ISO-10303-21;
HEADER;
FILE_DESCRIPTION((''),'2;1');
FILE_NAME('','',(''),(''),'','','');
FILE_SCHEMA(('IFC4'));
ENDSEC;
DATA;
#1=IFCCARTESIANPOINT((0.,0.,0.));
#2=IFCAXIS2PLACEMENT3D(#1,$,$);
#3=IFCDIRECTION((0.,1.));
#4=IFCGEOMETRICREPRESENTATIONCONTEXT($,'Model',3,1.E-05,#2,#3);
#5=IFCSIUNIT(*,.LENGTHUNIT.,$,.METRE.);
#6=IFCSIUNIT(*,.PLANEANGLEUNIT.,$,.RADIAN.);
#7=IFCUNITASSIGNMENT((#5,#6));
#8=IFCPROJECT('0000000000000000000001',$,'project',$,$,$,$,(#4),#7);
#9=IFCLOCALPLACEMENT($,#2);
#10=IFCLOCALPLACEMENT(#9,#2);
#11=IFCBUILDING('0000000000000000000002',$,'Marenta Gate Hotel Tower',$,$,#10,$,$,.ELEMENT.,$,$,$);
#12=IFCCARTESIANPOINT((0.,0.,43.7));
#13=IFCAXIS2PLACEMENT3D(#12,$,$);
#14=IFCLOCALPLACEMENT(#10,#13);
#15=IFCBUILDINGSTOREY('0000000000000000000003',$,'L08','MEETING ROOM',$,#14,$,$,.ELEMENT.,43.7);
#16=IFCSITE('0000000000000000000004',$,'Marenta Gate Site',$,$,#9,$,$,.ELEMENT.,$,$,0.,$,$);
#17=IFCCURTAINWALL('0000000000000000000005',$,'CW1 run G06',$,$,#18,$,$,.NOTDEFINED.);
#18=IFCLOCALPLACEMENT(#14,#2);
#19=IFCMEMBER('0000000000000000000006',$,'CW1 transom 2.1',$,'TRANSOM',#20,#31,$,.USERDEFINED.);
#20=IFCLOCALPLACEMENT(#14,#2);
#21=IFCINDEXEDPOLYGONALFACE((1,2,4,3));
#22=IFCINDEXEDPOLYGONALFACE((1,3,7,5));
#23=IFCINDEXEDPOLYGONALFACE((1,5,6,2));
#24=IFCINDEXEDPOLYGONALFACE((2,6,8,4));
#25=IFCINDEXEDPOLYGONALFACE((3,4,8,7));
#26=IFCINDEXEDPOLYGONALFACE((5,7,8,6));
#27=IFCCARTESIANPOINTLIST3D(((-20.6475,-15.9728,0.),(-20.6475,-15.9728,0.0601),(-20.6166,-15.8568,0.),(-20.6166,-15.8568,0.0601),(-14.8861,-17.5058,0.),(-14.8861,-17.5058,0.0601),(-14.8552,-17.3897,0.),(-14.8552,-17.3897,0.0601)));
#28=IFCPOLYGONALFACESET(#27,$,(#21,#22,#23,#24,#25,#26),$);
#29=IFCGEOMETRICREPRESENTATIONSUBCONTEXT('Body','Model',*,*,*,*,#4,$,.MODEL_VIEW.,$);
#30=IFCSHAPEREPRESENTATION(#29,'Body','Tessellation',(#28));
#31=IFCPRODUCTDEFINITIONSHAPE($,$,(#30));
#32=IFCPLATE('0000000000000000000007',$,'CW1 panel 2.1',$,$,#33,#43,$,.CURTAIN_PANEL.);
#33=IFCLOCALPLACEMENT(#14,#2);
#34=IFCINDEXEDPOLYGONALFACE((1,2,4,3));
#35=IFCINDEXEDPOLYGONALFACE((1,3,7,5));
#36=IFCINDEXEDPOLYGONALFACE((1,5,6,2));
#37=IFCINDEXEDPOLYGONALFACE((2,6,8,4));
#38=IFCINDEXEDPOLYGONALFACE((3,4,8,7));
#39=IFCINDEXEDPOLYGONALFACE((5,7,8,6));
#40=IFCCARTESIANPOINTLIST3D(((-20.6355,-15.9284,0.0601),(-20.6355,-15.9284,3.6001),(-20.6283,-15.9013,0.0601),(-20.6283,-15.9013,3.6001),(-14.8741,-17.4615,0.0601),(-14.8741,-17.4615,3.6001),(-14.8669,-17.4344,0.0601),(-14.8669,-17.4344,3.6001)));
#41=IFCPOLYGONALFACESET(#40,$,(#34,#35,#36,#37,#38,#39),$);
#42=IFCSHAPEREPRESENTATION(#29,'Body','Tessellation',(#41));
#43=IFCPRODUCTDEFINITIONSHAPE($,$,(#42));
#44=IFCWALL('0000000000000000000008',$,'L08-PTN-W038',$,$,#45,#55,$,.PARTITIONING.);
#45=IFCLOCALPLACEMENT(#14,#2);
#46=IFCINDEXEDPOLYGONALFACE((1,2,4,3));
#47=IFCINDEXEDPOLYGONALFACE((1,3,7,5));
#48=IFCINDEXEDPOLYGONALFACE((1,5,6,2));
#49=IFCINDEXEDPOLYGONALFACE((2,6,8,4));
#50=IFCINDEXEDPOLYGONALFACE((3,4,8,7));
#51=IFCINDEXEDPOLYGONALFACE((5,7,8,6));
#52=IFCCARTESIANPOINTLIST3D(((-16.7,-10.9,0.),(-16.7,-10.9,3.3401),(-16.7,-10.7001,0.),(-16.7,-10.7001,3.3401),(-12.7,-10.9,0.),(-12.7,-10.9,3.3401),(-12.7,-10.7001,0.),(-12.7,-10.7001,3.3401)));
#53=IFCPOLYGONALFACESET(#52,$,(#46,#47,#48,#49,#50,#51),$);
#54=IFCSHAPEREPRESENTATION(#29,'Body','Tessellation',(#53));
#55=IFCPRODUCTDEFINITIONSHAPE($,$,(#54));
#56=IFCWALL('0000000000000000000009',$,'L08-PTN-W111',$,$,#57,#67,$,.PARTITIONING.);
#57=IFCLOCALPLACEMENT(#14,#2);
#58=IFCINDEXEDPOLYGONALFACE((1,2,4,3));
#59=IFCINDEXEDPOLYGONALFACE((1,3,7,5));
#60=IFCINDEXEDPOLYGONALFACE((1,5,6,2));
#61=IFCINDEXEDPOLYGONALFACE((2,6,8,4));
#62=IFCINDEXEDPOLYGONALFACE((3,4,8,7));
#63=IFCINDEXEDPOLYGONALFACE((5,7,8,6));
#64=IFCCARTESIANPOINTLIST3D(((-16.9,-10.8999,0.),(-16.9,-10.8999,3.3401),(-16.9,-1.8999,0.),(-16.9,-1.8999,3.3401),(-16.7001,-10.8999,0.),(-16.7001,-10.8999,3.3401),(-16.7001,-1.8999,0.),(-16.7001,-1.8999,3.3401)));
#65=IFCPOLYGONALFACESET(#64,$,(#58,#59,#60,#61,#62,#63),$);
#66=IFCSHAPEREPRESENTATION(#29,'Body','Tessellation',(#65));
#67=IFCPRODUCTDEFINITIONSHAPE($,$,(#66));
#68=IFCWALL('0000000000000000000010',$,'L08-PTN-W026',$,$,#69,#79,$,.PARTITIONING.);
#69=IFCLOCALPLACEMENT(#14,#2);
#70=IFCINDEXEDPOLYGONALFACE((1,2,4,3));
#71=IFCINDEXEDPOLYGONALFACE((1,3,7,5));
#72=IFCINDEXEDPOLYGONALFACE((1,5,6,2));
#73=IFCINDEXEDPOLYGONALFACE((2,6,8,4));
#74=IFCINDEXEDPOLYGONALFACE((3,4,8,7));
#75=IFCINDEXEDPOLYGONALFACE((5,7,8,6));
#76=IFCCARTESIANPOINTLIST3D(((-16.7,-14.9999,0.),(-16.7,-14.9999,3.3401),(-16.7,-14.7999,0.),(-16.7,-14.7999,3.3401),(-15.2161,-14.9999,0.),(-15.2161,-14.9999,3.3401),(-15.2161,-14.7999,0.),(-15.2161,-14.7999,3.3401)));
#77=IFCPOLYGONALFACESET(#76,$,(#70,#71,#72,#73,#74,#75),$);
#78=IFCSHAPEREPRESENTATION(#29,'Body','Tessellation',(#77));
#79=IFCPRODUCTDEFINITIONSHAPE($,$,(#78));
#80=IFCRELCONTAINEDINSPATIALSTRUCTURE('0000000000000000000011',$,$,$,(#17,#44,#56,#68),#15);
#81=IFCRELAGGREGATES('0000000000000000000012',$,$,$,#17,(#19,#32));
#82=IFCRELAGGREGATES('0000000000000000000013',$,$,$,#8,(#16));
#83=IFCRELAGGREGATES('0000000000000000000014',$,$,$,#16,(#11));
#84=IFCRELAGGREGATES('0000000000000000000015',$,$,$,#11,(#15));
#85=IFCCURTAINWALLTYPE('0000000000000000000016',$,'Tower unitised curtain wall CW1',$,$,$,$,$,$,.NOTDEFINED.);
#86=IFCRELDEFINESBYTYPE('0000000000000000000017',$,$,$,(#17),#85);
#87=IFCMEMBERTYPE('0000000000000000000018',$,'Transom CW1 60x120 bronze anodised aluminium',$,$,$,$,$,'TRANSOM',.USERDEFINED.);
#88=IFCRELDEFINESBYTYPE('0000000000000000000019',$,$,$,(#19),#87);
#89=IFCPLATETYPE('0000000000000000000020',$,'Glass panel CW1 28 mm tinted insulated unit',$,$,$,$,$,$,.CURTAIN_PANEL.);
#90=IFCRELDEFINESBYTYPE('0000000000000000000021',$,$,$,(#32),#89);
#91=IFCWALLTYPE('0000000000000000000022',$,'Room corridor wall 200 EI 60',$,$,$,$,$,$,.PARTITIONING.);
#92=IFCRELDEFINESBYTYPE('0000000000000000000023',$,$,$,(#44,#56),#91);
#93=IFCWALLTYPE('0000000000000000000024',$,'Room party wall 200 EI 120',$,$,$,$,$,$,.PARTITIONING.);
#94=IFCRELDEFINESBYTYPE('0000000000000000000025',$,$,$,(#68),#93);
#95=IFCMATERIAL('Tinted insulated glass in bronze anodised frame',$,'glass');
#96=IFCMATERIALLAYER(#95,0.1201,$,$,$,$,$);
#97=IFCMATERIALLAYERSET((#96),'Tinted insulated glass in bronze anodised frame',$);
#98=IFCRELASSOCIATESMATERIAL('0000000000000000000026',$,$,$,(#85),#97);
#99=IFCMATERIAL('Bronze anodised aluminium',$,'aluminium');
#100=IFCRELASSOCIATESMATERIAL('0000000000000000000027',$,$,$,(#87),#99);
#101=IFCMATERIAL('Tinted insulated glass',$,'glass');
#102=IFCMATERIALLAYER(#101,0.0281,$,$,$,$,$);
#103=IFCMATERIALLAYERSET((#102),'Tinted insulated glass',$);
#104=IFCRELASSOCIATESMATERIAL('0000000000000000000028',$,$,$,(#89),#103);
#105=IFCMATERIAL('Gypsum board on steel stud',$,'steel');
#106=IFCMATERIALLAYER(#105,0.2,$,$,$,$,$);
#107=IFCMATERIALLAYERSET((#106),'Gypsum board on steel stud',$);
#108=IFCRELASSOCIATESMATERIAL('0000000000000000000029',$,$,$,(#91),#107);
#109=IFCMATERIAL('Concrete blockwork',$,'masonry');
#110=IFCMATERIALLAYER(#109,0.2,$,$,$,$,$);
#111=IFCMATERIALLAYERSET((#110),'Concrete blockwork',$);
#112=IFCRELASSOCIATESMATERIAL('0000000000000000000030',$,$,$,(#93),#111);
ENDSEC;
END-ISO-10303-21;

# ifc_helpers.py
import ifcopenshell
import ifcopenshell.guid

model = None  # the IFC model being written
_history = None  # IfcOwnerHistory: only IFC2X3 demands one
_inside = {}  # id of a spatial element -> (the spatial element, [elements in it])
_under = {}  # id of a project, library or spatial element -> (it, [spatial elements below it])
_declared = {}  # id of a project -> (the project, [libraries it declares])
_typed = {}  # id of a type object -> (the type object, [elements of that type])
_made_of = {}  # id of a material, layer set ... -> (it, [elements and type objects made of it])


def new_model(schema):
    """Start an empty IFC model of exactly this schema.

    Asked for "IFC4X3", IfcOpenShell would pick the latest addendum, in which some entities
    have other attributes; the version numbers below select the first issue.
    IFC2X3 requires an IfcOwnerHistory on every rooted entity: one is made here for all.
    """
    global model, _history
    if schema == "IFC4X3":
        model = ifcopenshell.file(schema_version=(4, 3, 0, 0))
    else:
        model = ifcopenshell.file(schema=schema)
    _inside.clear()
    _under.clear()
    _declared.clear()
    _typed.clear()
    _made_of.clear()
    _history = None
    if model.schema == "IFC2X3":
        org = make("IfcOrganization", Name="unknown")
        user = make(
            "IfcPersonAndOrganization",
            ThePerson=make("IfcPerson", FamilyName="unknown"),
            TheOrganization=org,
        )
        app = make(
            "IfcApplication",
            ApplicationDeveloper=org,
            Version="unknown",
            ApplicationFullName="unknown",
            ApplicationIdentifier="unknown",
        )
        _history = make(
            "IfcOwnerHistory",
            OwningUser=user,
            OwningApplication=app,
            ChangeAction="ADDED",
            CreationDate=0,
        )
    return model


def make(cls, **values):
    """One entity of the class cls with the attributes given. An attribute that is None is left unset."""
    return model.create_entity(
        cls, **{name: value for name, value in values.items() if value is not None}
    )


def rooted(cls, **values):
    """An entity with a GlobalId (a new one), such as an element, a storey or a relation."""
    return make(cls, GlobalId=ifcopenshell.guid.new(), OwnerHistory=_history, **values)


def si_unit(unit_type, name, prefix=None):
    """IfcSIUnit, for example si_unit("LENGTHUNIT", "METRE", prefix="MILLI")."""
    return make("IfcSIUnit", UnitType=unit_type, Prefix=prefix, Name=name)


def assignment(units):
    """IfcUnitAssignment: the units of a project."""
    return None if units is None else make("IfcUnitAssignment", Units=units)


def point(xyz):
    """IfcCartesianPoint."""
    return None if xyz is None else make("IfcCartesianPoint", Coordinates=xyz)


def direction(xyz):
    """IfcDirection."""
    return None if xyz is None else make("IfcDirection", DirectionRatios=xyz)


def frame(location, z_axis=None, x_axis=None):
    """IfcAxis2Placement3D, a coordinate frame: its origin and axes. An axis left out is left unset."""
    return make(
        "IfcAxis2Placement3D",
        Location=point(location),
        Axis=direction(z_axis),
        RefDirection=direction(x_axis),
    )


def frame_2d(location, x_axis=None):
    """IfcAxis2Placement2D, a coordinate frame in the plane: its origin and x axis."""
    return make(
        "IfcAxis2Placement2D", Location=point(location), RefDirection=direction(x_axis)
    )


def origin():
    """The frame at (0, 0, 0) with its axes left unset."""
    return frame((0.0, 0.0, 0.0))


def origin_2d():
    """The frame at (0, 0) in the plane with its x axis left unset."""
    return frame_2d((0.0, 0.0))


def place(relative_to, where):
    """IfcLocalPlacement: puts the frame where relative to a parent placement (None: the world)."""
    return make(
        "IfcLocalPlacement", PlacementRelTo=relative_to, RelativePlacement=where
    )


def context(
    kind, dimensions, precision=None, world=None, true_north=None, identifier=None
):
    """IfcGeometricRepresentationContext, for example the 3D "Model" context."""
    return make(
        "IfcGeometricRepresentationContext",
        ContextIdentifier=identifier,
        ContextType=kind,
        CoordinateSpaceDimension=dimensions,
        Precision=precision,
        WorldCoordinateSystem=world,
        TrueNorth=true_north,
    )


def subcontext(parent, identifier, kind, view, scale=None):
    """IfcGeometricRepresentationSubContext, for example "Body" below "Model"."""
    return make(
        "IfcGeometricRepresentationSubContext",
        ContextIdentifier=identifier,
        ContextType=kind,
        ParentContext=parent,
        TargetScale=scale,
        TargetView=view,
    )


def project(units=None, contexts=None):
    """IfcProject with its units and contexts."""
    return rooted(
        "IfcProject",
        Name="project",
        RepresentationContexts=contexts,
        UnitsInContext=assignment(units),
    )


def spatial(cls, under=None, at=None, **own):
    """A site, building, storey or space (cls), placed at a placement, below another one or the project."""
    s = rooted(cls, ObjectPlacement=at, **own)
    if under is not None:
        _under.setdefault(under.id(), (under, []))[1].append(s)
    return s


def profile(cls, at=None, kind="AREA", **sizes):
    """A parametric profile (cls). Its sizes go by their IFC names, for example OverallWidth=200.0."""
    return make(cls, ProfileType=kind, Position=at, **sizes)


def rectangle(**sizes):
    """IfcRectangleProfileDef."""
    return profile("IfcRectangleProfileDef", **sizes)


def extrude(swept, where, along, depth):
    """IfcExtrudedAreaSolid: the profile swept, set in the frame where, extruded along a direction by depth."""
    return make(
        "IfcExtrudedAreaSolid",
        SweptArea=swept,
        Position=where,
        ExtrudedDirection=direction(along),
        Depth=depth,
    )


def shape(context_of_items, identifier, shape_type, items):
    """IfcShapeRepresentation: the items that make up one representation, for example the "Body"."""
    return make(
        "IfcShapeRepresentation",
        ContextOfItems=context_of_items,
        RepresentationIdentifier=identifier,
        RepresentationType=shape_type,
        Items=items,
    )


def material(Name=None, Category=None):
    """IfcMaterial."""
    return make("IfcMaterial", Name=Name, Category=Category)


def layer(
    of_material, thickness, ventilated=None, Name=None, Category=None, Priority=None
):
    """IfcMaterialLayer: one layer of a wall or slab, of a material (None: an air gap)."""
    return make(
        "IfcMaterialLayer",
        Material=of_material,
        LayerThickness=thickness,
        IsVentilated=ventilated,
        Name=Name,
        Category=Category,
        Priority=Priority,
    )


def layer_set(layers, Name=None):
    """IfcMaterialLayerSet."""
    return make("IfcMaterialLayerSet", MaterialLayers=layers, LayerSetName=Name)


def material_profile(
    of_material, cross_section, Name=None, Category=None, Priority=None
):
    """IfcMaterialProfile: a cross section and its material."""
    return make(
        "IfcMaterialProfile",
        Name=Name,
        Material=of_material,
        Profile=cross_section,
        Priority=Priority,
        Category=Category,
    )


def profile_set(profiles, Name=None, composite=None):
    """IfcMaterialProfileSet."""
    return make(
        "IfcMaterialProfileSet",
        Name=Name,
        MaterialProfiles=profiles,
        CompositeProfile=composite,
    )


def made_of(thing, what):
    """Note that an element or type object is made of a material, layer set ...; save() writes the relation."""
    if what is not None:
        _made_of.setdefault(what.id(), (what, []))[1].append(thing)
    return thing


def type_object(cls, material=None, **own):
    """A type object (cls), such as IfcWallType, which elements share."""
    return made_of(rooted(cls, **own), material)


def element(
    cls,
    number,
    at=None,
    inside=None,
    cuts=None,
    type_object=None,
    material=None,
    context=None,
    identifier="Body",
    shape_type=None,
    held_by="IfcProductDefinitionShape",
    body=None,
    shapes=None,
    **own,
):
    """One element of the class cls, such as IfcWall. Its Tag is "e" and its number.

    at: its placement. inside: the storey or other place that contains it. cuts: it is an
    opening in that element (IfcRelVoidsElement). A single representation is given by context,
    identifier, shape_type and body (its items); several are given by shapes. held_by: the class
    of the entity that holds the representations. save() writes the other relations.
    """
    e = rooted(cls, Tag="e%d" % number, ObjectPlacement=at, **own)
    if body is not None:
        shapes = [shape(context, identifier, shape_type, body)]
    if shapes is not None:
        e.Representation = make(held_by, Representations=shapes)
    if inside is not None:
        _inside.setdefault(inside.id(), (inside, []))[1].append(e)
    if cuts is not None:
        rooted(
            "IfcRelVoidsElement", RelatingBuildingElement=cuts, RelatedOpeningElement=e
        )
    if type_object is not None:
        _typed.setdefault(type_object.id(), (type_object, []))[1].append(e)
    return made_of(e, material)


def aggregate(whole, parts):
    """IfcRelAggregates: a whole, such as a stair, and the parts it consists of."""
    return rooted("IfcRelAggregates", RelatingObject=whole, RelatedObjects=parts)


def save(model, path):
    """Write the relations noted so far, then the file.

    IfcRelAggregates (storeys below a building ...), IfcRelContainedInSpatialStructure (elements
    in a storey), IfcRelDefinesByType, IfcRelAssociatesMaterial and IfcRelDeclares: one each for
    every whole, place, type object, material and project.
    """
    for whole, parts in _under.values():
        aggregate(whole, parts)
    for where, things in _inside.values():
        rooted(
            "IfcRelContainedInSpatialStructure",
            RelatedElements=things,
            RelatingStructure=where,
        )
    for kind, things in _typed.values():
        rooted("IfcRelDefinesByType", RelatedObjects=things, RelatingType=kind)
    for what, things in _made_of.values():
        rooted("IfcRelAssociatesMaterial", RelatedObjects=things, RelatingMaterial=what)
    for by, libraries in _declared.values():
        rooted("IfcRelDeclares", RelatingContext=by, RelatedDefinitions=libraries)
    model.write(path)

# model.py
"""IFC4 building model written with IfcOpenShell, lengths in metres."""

from ifc_helpers import new_model, si_unit, direction, frame, frame_2d, origin, origin_2d, place, context, subcontext, project, spatial, rectangle, extrude, material, layer, layer_set, material_profile, profile_set, type_object, element, aggregate, save


model = new_model("IFC4")

# Units and contexts
model_context = context("Model", 3, precision=1e-05, world=origin(), true_north=direction((0.0, 1.0)))
body_context = subcontext(model_context, "Body", "Model", "MODEL_VIEW")
ifc_project = project(units=[si_unit("LENGTHUNIT", "METRE"), si_unit("PLANEANGLEUNIT", "RADIAN")], contexts=[model_context])

# Site, building, storey
site_placement = place(None, origin())
site = spatial("IfcSite", under=ifc_project, at=site_placement, Name="Marenta Gate Site", CompositionType="ELEMENT", RefElevation=0.0)
building_placement = place(site_placement, origin())
building = spatial("IfcBuilding", under=site, at=building_placement, Name="Marenta Gate Hotel Tower", CompositionType="ELEMENT")
storey_placement = place(building_placement, frame((0.0, 0.0, 43.7)))
storey = spatial("IfcBuildingStorey", under=building, at=storey_placement, Name="L08", Description="MEETING ROOM", CompositionType="ELEMENT", Elevation=43.7)

# Curtain wall, member, plate
ifc_material_1 = material(Name="Tinted insulated glass in bronze anodised frame", Category="glass")
ifc_layer_1 = layer(ifc_material_1, 0.1201)
ifc_layer_set_1 = layer_set([ifc_layer_1], Name="Tinted insulated glass in bronze anodised frame")
curtain_wall_type = type_object("IfcCurtainWallType", Name="Tower unitised curtain wall CW1", PredefinedType="NOTDEFINED", material=ifc_layer_set_1)
curtain_wall_placement = place(storey_placement, origin())
curtain_wall = element("IfcCurtainWall", 1, at=curtain_wall_placement, inside=storey, type_object=curtain_wall_type, Name="CW1 run G06", PredefinedType="NOTDEFINED")
ifc_material_2 = material(Name="Bronze anodised aluminium", Category="aluminium")
ifc_material_profile = material_profile(ifc_material_2, rectangle(XDim=0.1201, YDim=0.0601, at=origin_2d()), Name="Transom CW1 60x120 bronze anodised aluminium")
ifc_profile_set = profile_set([ifc_material_profile], Name="Bronze anodised aluminium")
member_type = type_object("IfcMemberType", Name="Transom CW1 60x120 bronze anodised aluminium", ElementType="TRANSOM", PredefinedType="USERDEFINED", material=ifc_profile_set)
member_placement = place(storey_placement, frame((-20.6321, -15.9148, 0.03), z_axis=(0.966378, -0.257125, 0.0), x_axis=(0.257125, 0.966378, 0.0)))
member = element("IfcMember", 2, at=member_placement, type_object=member_type, Name="CW1 transom 2.1", ObjectType="TRANSOM", PredefinedType="USERDEFINED", context=body_context, shape_type="SweptSolid", body=[
    extrude(rectangle(XDim=0.1201, YDim=0.0601, at=origin_2d()), origin(), (0.0, 0.0, 1.0), 5.9619),
])
ifc_material_3 = material(Name="Tinted insulated glass", Category="glass")
ifc_layer_2 = layer(ifc_material_3, 0.0281)
ifc_layer_set_2 = layer_set([ifc_layer_2], Name="Tinted insulated glass")
plate_type = type_object("IfcPlateType", Name="Glass panel CW1 28 mm tinted insulated unit", PredefinedType="CURTAIN_PANEL", material=ifc_layer_set_2)
plate_placement = place(storey_placement, frame((-17.7512, -16.6814, 0.0601), z_axis=(0.0, 0.0, 1.0), x_axis=(0.966374, -0.257142, 0.0)))
plate = element("IfcPlate", 3, at=plate_placement, type_object=plate_type, Name="CW1 panel 2.1", PredefinedType="CURTAIN_PANEL", context=body_context, shape_type="SweptSolid", body=[
    extrude(rectangle(XDim=5.9619, YDim=0.0281, at=origin_2d()), origin(), (0.0, 0.0, 1.0), 3.54),
])
aggregate(curtain_wall, [member, plate])

# Shared definitions
ifc_material_4 = material(Name="Gypsum board on steel stud", Category="steel")
ifc_layer_3 = layer(ifc_material_4, 0.2)
ifc_layer_set_3 = layer_set([ifc_layer_3], Name="Gypsum board on steel stud")
wall_type_1 = type_object("IfcWallType", Name="Room corridor wall 200 EI 60", PredefinedType="PARTITIONING", material=ifc_layer_set_3)

# Walls
wall_1_placement = place(storey_placement, frame((-16.7, -10.8, 0.0), z_axis=(0.0, 0.0, 1.0), x_axis=(1.0, 0.0, 0.0)))
element("IfcWall", 4, at=wall_1_placement, inside=storey, type_object=wall_type_1, Name="L08-PTN-W038", PredefinedType="PARTITIONING", context=body_context, shape_type="SweptSolid", body=[
    extrude(rectangle(XDim=4.0, YDim=0.2, at=frame_2d((2.0, 0.0))), origin(), (0.0, 0.0, 1.0), 3.3401),
])
wall_2_placement = place(storey_placement, frame((-16.8, -10.8999, 0.0), z_axis=(0.0, 0.0, 1.0), x_axis=(0.0, 1.0, 0.0)))
element("IfcWall", 5, at=wall_2_placement, inside=storey, type_object=wall_type_1, Name="L08-PTN-W111", PredefinedType="PARTITIONING", context=body_context, shape_type="SweptSolid", body=[
    extrude(rectangle(XDim=9.0, YDim=0.2, at=frame_2d((4.5, 0.0))), origin(), (0.0, 0.0, 1.0), 3.3401),
])

# Wall
ifc_material_5 = material(Name="Concrete blockwork", Category="masonry")
ifc_layer_4 = layer(ifc_material_5, 0.2)
ifc_layer_set_4 = layer_set([ifc_layer_4], Name="Concrete blockwork")
wall_type_2 = type_object("IfcWallType", Name="Room party wall 200 EI 120", PredefinedType="PARTITIONING", material=ifc_layer_set_4)
wall_3_placement = place(storey_placement, frame((-16.7, -14.8999, 0.0), z_axis=(0.0, 0.0, 1.0), x_axis=(1.0, 0.0, 0.0)))
element("IfcWall", 6, at=wall_3_placement, inside=storey, type_object=wall_type_2, Name="L08-PTN-W026", PredefinedType="PARTITIONING", context=body_context, shape_type="SweptSolid", body=[
    extrude(rectangle(XDim=1.4839, YDim=0.2, at=frame_2d((0.7419, 0.0))), origin(), (0.0, 0.0, 1.0), 3.3401),
])

save(model, "model.ifc")
